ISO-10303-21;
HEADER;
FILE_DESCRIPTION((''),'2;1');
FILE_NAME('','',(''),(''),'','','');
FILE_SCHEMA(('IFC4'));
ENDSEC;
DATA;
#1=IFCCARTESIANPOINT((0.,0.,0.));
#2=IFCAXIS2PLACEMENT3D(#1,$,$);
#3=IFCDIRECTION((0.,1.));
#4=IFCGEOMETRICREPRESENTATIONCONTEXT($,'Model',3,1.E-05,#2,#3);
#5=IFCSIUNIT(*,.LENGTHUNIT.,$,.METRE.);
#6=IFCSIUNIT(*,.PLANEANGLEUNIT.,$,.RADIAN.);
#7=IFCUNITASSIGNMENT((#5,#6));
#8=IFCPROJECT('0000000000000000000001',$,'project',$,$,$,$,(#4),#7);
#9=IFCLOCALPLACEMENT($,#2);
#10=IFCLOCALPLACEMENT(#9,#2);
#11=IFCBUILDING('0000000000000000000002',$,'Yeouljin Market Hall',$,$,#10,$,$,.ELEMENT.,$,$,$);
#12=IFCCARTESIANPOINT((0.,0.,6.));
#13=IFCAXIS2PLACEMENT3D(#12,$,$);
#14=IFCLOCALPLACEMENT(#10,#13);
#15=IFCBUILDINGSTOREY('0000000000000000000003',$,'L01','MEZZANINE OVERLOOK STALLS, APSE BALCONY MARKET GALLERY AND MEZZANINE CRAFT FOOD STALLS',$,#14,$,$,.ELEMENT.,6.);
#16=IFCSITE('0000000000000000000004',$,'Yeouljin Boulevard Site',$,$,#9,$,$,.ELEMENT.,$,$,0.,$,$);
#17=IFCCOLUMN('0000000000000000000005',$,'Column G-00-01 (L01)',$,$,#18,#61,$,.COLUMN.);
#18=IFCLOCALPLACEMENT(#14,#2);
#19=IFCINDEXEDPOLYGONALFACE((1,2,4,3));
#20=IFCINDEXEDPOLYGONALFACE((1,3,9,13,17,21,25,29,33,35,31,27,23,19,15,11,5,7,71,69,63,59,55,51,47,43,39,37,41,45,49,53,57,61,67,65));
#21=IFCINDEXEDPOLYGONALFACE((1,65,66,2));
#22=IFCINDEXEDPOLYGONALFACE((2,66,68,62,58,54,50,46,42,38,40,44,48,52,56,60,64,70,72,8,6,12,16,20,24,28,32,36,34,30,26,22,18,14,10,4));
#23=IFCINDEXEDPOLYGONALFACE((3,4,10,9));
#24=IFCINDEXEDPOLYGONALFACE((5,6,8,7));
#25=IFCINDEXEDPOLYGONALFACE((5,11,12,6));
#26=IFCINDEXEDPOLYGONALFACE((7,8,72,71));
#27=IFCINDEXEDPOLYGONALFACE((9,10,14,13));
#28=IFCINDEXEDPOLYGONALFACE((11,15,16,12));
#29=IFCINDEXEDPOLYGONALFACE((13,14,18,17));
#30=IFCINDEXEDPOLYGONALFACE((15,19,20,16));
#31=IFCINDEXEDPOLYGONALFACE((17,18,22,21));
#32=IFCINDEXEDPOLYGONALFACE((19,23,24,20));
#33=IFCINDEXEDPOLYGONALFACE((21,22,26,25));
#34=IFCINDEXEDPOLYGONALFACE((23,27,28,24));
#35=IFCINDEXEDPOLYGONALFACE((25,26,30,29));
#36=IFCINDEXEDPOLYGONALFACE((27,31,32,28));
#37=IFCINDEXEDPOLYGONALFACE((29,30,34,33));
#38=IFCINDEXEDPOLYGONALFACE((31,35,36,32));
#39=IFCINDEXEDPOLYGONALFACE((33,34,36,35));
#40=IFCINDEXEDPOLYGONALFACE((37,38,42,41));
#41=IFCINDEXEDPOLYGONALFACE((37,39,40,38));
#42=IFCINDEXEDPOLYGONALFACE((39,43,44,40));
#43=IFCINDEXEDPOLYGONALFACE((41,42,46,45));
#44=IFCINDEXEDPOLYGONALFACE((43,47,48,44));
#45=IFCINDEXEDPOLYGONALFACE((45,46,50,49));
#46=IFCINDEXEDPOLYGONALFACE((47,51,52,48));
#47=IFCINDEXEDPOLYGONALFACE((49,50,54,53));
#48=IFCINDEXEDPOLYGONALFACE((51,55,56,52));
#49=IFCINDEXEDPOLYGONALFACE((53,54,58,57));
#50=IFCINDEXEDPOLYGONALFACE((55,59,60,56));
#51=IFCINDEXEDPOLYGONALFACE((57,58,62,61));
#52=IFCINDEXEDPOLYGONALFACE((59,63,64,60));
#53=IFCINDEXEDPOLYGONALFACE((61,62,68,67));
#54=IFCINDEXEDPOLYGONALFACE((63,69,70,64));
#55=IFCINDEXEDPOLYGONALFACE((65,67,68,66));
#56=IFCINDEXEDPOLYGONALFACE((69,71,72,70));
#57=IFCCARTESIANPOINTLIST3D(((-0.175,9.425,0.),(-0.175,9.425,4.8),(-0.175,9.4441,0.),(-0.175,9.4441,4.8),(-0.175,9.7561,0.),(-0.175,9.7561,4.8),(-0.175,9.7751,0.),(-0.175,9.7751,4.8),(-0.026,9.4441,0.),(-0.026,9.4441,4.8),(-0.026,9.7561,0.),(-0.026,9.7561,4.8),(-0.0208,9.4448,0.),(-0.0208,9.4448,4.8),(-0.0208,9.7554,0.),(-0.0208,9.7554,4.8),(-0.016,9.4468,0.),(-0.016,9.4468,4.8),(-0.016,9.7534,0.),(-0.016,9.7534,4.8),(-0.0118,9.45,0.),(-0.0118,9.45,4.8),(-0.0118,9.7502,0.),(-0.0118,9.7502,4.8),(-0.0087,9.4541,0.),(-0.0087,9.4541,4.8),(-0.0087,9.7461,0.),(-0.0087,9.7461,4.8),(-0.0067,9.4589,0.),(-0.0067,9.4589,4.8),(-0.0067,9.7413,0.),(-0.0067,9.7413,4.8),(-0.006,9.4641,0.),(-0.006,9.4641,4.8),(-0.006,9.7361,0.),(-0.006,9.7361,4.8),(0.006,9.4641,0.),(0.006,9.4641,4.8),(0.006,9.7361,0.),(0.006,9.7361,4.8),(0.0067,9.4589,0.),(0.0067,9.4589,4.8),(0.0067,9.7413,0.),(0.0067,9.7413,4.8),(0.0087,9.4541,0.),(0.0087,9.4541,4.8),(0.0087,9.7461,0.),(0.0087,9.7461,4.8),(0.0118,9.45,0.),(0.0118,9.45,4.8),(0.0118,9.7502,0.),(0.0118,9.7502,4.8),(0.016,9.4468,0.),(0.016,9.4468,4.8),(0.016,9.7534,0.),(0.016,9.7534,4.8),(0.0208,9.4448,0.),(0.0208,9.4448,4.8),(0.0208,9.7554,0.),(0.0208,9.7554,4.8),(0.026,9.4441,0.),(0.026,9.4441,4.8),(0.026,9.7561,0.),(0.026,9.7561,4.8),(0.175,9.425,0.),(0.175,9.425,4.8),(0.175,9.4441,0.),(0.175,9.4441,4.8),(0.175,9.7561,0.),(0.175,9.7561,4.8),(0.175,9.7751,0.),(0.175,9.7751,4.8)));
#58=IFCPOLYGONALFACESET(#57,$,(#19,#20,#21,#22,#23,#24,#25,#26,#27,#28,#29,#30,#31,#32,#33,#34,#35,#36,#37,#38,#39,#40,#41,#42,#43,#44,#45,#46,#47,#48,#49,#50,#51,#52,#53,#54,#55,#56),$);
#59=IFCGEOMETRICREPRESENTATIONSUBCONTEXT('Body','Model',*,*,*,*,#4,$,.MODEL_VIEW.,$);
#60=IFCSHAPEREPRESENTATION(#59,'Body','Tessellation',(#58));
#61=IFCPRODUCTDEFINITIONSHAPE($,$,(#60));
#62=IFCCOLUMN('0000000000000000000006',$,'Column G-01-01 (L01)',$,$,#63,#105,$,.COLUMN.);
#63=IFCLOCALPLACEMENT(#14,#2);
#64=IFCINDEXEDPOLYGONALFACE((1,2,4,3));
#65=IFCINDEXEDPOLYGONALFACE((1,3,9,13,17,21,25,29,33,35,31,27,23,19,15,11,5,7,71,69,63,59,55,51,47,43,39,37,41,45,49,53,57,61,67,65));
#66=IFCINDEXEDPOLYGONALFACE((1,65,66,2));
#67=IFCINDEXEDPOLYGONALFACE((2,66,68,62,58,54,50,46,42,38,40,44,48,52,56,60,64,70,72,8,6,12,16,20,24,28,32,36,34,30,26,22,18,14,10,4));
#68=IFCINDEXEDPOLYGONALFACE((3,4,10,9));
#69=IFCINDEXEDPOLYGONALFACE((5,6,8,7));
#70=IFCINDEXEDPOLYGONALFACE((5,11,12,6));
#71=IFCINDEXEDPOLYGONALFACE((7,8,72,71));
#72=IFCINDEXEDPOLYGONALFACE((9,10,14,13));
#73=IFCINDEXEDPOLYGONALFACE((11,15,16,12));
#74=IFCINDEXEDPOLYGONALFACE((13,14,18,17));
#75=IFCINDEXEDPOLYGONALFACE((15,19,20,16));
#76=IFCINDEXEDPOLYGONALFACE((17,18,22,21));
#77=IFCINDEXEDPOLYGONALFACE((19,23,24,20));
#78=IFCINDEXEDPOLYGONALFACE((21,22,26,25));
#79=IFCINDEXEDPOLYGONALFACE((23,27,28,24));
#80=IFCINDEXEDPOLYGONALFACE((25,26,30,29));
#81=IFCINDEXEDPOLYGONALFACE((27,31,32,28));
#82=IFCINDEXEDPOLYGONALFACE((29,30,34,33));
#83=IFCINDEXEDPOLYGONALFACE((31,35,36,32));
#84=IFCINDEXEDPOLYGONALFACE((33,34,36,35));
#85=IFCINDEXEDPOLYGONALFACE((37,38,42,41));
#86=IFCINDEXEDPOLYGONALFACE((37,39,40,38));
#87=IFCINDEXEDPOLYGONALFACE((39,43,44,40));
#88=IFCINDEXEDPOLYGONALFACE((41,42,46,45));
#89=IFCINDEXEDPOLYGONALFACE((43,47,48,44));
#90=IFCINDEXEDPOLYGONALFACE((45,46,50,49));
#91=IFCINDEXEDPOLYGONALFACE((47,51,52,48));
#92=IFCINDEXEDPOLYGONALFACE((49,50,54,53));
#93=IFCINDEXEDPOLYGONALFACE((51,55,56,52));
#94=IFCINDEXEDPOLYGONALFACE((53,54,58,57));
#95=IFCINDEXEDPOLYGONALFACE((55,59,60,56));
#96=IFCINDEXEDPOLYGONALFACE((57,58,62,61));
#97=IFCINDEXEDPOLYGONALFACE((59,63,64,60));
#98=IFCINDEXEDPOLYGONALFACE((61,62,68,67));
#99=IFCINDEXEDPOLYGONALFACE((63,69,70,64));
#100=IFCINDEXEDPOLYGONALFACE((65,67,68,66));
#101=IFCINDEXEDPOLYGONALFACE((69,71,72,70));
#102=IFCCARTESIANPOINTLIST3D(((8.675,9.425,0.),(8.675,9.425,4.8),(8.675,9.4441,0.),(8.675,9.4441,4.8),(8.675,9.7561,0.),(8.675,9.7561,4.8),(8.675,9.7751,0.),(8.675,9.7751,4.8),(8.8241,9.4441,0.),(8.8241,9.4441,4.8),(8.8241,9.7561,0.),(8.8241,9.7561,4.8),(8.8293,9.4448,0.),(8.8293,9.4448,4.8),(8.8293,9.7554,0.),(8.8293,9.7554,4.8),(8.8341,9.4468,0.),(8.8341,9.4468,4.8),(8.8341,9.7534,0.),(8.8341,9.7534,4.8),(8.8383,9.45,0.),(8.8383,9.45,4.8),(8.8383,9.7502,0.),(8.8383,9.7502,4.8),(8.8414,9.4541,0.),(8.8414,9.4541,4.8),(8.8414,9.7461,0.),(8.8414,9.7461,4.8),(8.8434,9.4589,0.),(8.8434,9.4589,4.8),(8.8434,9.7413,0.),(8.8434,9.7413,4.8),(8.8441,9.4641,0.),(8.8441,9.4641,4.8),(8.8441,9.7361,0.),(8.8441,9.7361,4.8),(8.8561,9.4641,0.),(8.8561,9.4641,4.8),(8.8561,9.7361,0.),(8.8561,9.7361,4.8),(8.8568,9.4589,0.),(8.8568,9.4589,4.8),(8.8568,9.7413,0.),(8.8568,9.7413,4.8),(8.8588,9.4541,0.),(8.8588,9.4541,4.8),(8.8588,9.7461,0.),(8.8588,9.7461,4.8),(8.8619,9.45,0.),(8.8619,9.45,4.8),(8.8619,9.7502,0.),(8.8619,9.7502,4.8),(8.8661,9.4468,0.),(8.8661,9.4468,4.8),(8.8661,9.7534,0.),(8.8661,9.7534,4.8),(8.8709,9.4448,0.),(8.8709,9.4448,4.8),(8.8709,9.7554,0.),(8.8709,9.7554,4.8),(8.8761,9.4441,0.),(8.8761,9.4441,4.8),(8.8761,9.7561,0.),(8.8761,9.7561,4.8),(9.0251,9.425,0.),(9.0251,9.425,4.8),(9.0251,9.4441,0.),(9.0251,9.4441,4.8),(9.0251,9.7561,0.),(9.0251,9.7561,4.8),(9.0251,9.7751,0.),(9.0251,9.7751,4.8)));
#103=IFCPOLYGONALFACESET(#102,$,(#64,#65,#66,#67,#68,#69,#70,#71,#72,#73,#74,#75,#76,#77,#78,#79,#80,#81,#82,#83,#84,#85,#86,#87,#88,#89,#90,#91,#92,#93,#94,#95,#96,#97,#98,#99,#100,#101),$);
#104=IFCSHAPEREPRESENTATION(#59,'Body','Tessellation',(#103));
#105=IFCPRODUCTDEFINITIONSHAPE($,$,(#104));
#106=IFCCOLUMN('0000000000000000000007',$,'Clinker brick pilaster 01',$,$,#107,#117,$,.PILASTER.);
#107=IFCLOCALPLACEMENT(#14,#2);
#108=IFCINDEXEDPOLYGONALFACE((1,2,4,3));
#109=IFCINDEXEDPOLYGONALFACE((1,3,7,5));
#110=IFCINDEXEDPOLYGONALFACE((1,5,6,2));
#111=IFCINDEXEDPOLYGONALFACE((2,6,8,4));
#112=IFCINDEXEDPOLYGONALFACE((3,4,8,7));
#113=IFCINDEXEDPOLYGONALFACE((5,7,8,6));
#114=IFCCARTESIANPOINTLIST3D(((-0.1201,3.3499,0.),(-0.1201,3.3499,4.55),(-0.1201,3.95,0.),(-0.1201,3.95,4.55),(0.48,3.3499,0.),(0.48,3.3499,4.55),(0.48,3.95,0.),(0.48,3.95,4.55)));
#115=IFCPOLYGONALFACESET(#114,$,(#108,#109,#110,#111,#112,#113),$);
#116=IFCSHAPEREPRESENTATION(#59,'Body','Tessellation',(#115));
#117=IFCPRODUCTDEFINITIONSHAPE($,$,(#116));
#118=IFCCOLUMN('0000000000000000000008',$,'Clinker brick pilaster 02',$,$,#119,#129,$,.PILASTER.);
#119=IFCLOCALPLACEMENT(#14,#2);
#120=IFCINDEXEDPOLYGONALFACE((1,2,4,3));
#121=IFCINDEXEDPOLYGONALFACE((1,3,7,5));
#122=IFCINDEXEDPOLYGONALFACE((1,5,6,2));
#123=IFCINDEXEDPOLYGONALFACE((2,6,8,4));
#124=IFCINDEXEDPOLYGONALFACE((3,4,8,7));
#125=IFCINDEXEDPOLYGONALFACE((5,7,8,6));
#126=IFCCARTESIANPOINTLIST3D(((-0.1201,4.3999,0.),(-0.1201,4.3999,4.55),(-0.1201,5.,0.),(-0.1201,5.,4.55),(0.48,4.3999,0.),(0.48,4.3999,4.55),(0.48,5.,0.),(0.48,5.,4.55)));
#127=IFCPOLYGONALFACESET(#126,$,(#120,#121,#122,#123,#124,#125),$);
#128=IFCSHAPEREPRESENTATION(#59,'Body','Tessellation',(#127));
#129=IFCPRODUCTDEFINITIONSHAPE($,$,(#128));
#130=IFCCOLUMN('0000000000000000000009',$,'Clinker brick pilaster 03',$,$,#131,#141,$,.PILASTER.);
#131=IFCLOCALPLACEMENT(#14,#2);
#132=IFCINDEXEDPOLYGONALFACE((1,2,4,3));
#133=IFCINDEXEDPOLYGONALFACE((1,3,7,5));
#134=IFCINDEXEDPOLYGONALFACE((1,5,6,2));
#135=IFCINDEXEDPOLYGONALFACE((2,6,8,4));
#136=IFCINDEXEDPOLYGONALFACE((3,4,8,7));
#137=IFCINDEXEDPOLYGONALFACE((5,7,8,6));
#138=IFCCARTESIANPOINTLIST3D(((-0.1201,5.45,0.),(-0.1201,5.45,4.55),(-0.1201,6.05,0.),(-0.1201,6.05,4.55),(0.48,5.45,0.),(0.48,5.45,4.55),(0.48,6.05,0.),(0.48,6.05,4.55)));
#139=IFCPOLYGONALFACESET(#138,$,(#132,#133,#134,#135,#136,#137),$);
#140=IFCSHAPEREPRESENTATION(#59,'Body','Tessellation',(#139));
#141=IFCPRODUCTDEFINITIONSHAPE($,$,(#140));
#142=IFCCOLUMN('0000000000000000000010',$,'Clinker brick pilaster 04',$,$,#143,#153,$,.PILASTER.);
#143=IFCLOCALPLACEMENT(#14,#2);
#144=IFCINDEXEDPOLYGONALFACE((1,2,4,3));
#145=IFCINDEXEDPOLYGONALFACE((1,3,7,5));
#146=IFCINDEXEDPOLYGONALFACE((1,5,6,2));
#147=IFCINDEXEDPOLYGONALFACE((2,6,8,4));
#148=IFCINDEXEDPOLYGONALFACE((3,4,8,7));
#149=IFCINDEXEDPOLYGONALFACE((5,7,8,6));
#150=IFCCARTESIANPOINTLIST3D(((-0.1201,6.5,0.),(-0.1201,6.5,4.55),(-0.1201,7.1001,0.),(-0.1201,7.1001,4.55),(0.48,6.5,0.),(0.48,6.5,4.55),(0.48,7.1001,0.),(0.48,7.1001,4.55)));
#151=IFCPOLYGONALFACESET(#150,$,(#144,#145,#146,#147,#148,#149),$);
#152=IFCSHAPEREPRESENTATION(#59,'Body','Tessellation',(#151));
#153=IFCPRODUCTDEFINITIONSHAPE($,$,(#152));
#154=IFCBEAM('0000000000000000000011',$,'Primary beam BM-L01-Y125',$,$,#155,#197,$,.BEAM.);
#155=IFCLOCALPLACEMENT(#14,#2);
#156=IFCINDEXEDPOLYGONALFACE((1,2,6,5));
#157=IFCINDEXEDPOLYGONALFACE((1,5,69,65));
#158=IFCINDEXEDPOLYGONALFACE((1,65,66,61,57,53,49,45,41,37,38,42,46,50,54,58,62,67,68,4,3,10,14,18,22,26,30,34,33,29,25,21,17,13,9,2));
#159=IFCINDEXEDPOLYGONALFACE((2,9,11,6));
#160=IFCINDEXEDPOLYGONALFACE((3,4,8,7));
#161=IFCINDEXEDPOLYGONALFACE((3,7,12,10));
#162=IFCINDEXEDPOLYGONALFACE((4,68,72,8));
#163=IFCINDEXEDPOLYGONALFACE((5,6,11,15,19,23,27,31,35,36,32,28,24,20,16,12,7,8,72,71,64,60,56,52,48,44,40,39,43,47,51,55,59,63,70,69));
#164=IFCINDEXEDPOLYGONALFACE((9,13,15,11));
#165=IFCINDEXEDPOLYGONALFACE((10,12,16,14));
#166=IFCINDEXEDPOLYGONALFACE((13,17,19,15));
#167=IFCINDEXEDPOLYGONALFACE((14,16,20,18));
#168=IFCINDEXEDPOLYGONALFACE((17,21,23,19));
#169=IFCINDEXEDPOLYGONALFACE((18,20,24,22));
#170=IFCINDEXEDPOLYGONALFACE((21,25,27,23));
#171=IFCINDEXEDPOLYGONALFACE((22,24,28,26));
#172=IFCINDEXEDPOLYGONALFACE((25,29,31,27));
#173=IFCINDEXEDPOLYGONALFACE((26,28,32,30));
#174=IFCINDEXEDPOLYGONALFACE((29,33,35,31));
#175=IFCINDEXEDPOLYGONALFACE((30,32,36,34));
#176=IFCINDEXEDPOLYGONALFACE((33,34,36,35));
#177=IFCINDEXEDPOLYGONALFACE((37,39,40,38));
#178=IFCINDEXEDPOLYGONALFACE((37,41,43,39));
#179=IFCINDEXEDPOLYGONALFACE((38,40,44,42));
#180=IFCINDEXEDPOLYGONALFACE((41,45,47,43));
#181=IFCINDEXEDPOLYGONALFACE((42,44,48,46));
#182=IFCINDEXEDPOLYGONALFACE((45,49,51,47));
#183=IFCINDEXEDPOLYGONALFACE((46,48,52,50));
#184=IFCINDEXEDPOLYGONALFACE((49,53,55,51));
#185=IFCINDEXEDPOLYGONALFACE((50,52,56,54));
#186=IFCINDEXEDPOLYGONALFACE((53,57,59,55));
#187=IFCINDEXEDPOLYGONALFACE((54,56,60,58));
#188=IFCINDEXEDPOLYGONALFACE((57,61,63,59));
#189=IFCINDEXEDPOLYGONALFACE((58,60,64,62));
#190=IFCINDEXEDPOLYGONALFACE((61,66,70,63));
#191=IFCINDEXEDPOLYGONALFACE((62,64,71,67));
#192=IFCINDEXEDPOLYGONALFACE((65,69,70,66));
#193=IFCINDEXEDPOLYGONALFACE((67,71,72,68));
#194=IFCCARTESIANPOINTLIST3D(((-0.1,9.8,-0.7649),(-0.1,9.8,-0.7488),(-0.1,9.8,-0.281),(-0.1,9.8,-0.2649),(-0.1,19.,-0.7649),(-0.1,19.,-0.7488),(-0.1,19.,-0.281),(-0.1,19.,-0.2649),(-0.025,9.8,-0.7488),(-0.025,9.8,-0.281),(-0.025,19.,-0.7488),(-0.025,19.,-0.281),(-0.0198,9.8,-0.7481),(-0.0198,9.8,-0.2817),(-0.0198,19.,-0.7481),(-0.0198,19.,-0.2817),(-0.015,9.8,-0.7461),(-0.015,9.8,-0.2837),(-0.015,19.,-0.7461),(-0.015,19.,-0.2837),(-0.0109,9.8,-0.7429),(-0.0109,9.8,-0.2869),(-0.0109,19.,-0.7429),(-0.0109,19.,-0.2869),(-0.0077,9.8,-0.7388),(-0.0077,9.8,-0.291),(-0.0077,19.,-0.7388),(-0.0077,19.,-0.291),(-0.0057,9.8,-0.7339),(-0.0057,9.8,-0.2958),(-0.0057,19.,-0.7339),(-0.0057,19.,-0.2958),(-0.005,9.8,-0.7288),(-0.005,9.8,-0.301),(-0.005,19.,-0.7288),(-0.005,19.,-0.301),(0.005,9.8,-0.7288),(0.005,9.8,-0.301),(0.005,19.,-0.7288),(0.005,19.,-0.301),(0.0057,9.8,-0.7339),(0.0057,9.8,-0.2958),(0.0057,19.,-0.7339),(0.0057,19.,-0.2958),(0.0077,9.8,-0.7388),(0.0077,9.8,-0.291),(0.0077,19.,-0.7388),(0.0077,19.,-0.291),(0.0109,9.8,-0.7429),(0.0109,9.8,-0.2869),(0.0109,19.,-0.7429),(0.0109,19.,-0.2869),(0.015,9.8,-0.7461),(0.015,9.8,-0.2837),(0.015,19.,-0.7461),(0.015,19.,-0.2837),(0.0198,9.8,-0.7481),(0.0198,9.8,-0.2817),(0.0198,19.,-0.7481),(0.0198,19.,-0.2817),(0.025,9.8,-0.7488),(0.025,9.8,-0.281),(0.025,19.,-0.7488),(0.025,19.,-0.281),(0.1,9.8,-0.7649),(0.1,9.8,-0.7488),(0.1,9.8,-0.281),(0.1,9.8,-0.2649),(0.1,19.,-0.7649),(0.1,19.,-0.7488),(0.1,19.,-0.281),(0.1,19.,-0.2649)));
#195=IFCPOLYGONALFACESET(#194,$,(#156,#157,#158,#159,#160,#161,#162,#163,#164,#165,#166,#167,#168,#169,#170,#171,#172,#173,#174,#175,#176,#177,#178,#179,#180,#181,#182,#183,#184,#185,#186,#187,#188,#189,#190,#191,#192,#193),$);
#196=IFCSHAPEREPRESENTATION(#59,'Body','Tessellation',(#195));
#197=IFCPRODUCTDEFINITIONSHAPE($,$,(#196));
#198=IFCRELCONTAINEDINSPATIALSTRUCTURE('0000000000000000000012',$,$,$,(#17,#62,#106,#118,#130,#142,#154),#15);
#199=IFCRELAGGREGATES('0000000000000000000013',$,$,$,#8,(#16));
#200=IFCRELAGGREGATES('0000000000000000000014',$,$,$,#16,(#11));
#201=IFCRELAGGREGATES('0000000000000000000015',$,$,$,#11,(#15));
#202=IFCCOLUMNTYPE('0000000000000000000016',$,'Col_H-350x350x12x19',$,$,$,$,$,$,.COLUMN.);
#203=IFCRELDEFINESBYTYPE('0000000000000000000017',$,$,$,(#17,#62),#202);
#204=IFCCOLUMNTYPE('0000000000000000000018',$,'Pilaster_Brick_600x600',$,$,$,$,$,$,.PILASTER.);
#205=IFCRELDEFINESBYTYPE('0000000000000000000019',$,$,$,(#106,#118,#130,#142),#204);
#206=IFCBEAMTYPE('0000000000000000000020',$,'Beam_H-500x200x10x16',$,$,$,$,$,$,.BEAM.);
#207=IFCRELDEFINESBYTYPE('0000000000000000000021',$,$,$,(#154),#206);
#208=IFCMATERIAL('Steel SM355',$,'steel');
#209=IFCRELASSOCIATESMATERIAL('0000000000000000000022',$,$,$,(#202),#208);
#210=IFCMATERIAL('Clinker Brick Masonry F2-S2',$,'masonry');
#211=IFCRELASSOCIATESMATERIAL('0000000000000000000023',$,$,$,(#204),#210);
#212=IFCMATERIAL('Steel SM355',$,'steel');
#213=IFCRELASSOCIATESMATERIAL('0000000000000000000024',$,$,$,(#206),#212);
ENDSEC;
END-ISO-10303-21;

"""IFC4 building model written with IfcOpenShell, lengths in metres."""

from ifc_helpers import new_model, si_unit, direction, frame, origin, origin_2d, place, context, subcontext, project, spatial, rectangle, i_section, extrude, material, material_profile, profile_set, type_object, element, save


model = new_model("IFC4")

# Units and contexts
model_context = context("Model", 3, precision=1e-05, world=origin(), true_north=direction((0.0, 1.0)))
body_context = subcontext(model_context, "Body", "Model", "MODEL_VIEW")
ifc_project = project(units=[si_unit("LENGTHUNIT", "METRE"), si_unit("PLANEANGLEUNIT", "RADIAN")], contexts=[model_context])

# Site, building, storey
site_placement = place(None, origin())
site = spatial("IfcSite", under=ifc_project, at=site_placement, Name="Yeouljin Boulevard Site", CompositionType="ELEMENT", RefElevation=0.0)
building_placement = place(site_placement, origin())
building = spatial("IfcBuilding", under=site, at=building_placement, Name="Yeouljin Market Hall", CompositionType="ELEMENT")
storey_placement = place(building_placement, frame((0.0, 0.0, 6.0)))
storey = spatial("IfcBuildingStorey", under=building, at=storey_placement, Name="L01", Description="MEZZANINE OVERLOOK STALLS, APSE BALCONY MARKET GALLERY AND MEZZANINE CRAFT FOOD STALLS", CompositionType="ELEMENT", Elevation=6.0)

# Columns
ifc_material_1 = material(Name="Steel SM355", Category="steel")
ifc_material_profile_1 = material_profile(ifc_material_1, i_section(OverallWidth=0.3501, OverallDepth=0.3501, WebThickness=0.012, FlangeThickness=0.019, FilletRadius=0.02, at=origin_2d()), Name="H-350x350x12x19")
ifc_profile_set_1 = profile_set([ifc_material_profile_1], Name="Steel SM355")
column_type_1 = type_object("IfcColumnType", Name="Col_H-350x350x12x19", PredefinedType="COLUMN", material=ifc_profile_set_1)
for number, where, z_axis, x_axis, name in (
    (1, (0.0, 9.6001, 0.0), (0.0, 0.0, 1.0), (1.0, 0.0, 0.0), "Column G-00-01 (L01)"),
    (2, (8.8501, 9.6001, 0.0), (0.0, 0.0, 1.0), (1.0, 0.0, 0.0), "Column G-01-01 (L01)"),
):
    element("IfcColumn", number, at=place(storey_placement, frame(where, z_axis=z_axis, x_axis=x_axis)), inside=storey, type_object=column_type_1, Name=name, PredefinedType="COLUMN", context=body_context, shape_type="SweptSolid", body=[
        extrude(i_section(OverallWidth=0.3501, OverallDepth=0.3501, WebThickness=0.012, FlangeThickness=0.019, FilletRadius=0.02, at=origin_2d()), origin(), (0.0, 0.0, 1.0), 4.8),
    ])
ifc_material_2 = material(Name="Clinker Brick Masonry F2-S2", Category="masonry")
ifc_material_profile_2 = material_profile(ifc_material_2, rectangle(XDim=0.6001, YDim=0.6001, at=origin_2d()), Name="PIL-600x600")
ifc_profile_set_2 = profile_set([ifc_material_profile_2], Name="Clinker Brick Masonry F2-S2")
column_type_2 = type_object("IfcColumnType", Name="Pilaster_Brick_600x600", PredefinedType="PILASTER", material=ifc_profile_set_2)
for number, where, z_axis, x_axis, name in (
    (3, (0.1799, 3.6499, 0.0), (0.0, 0.0, 1.0), (1.0, 0.0, 0.0), "Clinker brick pilaster 01"),
    (4, (0.1799, 4.7, 0.0), (0.0, 0.0, 1.0), (1.0, 0.0, 0.0), "Clinker brick pilaster 02"),
    (5, (0.1799, 5.75, 0.0), (0.0, 0.0, 1.0), (1.0, 0.0, 0.0), "Clinker brick pilaster 03"),
    (6, (0.1799, 6.8, 0.0), (0.0, 0.0, 1.0), (1.0, 0.0, 0.0), "Clinker brick pilaster 04"),
):
    element("IfcColumn", number, at=place(storey_placement, frame(where, z_axis=z_axis, x_axis=x_axis)), inside=storey, type_object=column_type_2, Name=name, PredefinedType="PILASTER", context=body_context, shape_type="SweptSolid", body=[
        extrude(rectangle(XDim=0.6001, YDim=0.6001, at=origin_2d()), origin(), (0.0, 0.0, 1.0), 4.55),
    ])

# Beam
ifc_material_3 = material(Name="Steel SM355", Category="steel")
ifc_material_profile_3 = material_profile(ifc_material_3, i_section(OverallWidth=0.2, OverallDepth=0.5, WebThickness=0.01, FlangeThickness=0.0161, FilletRadius=0.02, at=origin_2d()), Name="H-500x200x10x16")
ifc_profile_set_3 = profile_set([ifc_material_profile_3], Name="Steel SM355")
beam_type_1 = type_object("IfcBeamType", Name="Beam_H-500x200x10x16", PredefinedType="BEAM", material=ifc_profile_set_3)
for number, where, z_axis, x_axis, name in (
    (7, (0.0, 9.8, -0.5149), (0.0, 1.0, 0.0), (-1.0, 0.0, 0.0), "Primary beam BM-L01-Y125"),
):
    element("IfcBeam", number, at=place(storey_placement, frame(where, z_axis=z_axis, x_axis=x_axis)), inside=storey, type_object=beam_type_1, Name=name, PredefinedType="BEAM", context=body_context, shape_type="SweptSolid", body=[
        extrude(i_section(OverallWidth=0.2, OverallDepth=0.5, WebThickness=0.01, FlangeThickness=0.0161, FilletRadius=0.02, at=origin_2d()), origin(), (0.0, 0.0, 1.0), 9.2),
    ])

save(model, "model.ifc")
